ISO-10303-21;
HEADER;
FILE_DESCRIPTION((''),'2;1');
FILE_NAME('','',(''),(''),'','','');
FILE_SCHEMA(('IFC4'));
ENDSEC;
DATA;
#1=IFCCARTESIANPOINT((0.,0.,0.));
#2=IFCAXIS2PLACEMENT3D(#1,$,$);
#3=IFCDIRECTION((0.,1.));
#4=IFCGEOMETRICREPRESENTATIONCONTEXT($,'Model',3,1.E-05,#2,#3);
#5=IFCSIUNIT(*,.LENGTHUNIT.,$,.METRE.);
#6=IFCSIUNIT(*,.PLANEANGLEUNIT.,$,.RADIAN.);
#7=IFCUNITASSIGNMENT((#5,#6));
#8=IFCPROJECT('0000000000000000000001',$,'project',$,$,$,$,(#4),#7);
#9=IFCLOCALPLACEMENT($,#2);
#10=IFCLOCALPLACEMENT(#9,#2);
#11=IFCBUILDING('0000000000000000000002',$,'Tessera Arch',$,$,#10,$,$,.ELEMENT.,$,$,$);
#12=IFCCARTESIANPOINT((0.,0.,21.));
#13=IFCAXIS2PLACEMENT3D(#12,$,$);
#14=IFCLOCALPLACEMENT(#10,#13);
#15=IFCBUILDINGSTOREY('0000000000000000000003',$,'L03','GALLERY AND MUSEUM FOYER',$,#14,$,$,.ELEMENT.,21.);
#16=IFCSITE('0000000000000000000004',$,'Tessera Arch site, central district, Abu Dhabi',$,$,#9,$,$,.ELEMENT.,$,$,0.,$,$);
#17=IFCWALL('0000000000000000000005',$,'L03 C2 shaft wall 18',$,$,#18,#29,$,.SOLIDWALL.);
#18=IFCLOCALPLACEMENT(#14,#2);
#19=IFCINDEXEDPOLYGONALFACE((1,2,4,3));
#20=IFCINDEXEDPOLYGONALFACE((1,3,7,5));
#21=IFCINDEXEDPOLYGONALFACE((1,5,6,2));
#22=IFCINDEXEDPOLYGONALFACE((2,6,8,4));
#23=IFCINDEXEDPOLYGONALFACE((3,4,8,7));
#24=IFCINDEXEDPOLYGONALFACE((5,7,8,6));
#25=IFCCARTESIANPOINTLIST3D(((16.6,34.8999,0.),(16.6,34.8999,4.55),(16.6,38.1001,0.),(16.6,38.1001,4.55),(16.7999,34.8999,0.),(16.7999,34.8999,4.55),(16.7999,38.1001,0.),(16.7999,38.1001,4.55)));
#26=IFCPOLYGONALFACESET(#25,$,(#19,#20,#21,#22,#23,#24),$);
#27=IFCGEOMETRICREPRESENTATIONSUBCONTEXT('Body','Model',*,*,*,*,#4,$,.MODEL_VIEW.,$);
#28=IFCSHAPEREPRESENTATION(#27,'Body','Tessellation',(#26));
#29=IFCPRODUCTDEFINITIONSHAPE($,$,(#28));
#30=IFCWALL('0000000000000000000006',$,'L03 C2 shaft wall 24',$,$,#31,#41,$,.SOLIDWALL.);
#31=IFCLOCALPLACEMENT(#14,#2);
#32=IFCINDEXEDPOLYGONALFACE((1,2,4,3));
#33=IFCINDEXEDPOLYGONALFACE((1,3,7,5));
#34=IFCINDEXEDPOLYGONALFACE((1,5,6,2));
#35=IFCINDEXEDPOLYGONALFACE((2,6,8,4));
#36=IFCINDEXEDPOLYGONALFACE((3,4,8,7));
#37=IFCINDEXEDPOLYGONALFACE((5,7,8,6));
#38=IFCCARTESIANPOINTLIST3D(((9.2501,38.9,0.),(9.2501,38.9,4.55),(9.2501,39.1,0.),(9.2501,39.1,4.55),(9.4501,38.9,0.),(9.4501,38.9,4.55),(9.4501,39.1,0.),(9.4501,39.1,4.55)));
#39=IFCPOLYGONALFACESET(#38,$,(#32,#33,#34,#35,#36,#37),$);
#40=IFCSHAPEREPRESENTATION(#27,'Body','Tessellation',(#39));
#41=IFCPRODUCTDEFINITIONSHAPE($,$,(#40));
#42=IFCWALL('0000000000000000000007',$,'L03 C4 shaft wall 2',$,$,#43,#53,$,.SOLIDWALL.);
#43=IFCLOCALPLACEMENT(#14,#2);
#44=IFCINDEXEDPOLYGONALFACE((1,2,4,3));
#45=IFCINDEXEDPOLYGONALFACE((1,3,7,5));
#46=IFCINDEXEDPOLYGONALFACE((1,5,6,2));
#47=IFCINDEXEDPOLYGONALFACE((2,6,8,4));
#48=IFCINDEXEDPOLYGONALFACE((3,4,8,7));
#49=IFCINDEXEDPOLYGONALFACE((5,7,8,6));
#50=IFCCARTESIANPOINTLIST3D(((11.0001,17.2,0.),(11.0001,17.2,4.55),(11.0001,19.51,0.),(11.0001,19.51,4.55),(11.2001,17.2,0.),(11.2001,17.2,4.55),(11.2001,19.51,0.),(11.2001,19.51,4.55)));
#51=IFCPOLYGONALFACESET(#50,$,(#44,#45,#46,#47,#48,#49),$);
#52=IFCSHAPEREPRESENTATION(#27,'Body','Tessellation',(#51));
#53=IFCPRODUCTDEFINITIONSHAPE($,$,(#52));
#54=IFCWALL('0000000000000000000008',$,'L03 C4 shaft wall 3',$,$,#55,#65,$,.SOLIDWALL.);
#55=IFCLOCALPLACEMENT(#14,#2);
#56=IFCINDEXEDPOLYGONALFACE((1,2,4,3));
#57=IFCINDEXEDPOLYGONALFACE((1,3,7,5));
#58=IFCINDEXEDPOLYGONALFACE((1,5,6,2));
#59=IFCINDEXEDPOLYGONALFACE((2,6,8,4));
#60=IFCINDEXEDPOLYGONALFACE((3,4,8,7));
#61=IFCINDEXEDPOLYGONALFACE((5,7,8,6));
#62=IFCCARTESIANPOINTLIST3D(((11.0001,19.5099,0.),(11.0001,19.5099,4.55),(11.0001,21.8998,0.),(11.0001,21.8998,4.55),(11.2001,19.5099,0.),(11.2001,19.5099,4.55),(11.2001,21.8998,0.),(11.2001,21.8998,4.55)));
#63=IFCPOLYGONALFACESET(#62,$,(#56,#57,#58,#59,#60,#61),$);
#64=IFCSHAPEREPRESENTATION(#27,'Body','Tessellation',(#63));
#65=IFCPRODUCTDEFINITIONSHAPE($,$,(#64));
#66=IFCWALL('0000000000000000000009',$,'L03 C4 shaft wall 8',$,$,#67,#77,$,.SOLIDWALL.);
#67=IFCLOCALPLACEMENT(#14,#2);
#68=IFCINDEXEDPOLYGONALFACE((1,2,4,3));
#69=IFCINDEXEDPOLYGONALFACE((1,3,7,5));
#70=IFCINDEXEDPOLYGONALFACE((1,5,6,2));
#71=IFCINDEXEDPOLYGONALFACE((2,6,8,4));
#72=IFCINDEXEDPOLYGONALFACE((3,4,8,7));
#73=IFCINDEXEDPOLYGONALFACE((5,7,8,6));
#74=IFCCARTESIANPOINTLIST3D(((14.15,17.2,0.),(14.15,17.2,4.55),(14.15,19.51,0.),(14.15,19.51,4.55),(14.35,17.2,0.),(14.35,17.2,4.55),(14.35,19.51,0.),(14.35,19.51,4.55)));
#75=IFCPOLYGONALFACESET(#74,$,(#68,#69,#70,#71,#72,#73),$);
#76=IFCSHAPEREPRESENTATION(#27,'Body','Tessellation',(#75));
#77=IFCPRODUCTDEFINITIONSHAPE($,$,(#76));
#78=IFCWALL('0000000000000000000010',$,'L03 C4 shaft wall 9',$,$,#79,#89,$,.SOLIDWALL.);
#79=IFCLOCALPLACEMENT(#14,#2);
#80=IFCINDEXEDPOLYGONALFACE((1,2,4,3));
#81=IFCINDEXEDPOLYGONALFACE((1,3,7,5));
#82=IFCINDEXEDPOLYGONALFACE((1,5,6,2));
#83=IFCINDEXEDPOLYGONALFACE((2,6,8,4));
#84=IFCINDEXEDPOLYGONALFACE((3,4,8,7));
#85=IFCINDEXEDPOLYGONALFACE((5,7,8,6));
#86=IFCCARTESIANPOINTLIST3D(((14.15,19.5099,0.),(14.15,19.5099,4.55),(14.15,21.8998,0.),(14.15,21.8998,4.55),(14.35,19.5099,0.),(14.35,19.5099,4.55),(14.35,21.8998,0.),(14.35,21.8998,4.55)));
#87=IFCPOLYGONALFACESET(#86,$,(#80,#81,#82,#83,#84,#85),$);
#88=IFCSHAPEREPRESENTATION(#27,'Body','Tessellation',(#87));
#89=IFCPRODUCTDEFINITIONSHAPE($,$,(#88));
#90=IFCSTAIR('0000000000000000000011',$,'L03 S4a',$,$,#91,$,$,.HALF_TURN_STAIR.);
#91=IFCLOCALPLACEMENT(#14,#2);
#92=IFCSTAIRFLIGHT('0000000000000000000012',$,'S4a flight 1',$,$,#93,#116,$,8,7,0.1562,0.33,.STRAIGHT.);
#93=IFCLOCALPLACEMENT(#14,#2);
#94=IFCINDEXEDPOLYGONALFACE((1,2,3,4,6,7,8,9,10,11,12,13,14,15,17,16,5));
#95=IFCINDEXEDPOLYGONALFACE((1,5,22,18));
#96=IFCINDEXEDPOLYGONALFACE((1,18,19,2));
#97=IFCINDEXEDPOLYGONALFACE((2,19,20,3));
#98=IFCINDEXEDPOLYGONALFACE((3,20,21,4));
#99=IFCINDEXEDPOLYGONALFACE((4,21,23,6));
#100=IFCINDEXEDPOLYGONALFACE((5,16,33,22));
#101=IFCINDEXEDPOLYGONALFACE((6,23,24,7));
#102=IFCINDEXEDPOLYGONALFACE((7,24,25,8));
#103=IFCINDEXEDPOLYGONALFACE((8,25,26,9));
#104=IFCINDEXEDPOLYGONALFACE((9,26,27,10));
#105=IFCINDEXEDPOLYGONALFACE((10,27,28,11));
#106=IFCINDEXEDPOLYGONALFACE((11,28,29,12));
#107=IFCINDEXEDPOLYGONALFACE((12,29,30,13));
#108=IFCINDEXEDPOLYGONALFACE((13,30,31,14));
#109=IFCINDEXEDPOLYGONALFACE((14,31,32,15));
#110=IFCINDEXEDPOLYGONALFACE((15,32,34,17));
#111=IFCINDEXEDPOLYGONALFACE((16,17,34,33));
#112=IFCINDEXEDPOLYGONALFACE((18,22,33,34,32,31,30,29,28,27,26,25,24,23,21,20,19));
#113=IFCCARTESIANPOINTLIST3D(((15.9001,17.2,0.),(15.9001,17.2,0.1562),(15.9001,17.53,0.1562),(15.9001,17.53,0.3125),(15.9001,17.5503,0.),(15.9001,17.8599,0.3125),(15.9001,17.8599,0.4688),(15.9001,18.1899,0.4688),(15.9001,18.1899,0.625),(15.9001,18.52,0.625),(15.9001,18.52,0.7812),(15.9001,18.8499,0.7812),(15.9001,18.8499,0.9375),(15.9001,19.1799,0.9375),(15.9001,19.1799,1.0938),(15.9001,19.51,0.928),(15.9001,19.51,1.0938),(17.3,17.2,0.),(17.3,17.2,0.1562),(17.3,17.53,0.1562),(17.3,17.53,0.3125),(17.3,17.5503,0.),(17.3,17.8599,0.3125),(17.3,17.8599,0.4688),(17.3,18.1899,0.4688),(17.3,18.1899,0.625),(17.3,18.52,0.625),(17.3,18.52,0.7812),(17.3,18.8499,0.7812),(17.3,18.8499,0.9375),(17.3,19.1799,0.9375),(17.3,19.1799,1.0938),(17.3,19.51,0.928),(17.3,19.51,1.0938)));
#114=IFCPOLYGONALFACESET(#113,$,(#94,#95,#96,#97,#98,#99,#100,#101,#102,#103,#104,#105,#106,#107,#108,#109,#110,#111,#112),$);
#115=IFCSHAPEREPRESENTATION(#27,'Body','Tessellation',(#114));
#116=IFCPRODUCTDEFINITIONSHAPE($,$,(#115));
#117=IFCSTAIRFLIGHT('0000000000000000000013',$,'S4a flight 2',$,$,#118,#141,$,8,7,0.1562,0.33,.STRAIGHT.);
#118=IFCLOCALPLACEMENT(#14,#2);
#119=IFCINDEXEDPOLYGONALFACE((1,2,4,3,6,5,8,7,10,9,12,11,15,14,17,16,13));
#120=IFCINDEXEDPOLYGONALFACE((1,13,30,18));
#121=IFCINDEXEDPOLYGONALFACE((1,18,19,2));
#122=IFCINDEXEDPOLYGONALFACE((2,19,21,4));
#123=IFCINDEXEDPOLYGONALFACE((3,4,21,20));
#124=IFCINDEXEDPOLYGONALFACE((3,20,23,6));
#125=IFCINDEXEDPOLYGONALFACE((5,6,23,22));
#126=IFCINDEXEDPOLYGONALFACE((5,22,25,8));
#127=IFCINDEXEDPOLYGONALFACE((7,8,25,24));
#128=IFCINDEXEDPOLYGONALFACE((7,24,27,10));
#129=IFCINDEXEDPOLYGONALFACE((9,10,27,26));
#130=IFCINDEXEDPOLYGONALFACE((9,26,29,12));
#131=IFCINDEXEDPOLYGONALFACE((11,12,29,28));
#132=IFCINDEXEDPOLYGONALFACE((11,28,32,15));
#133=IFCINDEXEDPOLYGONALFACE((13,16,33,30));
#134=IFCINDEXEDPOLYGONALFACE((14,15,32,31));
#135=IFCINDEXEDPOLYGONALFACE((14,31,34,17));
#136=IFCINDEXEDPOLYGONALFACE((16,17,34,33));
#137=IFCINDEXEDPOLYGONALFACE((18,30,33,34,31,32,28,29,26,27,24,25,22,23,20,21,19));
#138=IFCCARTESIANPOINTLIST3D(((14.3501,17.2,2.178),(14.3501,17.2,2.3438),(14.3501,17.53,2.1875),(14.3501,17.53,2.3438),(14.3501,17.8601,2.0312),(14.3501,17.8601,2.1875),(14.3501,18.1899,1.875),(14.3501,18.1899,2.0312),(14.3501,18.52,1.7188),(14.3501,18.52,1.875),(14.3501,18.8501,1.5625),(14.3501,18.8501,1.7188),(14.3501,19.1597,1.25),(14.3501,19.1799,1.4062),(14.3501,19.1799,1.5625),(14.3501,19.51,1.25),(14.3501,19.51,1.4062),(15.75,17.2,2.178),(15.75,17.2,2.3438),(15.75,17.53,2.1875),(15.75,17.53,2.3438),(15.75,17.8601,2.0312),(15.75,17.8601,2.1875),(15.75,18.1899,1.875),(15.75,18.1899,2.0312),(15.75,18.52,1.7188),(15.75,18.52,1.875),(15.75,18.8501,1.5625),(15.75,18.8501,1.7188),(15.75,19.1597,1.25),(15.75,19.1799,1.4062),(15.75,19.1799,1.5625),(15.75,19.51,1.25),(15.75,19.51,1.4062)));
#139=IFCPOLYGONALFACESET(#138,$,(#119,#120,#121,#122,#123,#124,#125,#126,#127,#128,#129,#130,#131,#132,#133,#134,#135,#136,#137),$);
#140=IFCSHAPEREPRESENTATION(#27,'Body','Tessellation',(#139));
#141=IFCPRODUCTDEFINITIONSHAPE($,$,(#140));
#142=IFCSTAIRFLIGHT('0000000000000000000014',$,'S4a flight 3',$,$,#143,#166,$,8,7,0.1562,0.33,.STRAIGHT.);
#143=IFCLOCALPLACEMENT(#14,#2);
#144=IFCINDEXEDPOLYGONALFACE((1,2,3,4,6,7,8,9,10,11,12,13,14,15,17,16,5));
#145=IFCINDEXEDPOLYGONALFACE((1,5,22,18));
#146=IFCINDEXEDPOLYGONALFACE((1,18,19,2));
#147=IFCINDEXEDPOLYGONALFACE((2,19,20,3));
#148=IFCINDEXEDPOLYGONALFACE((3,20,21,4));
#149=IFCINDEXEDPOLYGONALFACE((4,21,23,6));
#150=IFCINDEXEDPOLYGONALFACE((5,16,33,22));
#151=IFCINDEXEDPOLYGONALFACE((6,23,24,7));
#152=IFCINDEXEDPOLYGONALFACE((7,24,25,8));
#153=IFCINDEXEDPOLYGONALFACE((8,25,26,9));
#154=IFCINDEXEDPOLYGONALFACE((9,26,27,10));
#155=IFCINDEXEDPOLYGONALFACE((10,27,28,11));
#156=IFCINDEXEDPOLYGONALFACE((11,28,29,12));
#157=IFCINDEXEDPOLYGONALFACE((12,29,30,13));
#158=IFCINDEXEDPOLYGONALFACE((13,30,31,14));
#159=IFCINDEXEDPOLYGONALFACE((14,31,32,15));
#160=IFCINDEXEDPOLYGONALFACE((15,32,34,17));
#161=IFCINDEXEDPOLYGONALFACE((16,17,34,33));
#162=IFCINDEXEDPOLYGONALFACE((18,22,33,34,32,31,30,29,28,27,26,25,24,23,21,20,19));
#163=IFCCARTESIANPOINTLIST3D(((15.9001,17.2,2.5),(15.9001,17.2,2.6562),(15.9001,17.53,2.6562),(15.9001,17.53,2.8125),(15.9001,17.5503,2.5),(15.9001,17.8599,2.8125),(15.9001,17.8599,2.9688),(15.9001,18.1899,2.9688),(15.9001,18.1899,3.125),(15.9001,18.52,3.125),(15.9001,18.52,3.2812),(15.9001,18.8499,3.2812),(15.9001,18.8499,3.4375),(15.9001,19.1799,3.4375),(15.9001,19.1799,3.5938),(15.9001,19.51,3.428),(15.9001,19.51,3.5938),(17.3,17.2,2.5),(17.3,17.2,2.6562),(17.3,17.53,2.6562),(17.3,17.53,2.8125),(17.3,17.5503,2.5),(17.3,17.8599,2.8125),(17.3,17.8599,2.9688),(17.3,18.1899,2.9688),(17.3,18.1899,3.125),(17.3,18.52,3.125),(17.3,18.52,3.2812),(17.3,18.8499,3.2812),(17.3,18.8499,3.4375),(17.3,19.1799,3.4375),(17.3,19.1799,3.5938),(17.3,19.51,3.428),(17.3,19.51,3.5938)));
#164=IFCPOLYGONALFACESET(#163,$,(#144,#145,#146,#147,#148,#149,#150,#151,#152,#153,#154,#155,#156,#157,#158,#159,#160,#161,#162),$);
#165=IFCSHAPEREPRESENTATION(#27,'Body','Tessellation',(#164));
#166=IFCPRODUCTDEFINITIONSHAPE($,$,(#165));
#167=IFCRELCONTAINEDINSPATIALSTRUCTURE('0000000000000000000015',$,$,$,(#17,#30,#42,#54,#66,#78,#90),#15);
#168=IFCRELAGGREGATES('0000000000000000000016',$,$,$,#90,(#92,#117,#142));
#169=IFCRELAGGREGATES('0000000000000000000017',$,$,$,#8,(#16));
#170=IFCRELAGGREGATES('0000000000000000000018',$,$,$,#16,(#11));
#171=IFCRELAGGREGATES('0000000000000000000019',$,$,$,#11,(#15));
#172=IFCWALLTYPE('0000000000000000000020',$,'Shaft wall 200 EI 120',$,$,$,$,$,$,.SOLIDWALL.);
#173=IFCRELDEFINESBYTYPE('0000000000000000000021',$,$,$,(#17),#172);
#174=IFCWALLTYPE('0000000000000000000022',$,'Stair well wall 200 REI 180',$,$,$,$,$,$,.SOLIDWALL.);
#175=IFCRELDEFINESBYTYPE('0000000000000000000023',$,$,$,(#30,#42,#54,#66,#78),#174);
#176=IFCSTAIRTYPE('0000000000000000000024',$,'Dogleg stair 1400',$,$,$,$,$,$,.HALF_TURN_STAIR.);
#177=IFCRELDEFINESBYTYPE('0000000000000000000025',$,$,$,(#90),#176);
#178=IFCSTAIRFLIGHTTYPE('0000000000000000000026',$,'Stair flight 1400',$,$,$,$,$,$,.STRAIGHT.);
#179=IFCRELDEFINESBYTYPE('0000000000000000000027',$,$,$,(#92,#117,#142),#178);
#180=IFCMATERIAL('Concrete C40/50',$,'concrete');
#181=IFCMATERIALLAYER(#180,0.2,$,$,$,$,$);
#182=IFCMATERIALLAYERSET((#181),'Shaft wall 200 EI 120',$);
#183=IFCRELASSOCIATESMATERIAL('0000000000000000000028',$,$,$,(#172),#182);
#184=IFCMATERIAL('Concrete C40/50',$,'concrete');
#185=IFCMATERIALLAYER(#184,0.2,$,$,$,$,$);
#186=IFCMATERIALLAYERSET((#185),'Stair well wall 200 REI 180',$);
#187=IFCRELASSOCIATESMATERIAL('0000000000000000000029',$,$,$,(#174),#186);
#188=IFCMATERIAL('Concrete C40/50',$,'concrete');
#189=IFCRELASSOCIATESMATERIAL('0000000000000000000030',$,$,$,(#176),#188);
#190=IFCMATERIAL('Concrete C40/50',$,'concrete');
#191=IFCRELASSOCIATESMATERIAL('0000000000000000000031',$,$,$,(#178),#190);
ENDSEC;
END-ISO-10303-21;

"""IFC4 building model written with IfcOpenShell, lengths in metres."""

from ifc_helpers import new_model, si_unit, direction, frame, frame_2d, origin, place, context, subcontext, project, spatial, polyline, rectangle, outline, extrude, material, layer, layer_set, type_object, element, aggregate, save


model = new_model("IFC4")

# Units and contexts
model_context = context("Model", 3, precision=1e-05, world=origin(), true_north=direction((0.0, 1.0)))
body_context = subcontext(model_context, "Body", "Model", "MODEL_VIEW")
ifc_project = project(units=[si_unit("LENGTHUNIT", "METRE"), si_unit("PLANEANGLEUNIT", "RADIAN")], contexts=[model_context])

# Site, building, storey
site_placement = place(None, origin())
site = spatial("IfcSite", under=ifc_project, at=site_placement, Name="Tessera Arch site, central district, Abu Dhabi", CompositionType="ELEMENT", RefElevation=0.0)
building_placement = place(site_placement, origin())
building = spatial("IfcBuilding", under=site, at=building_placement, Name="Tessera Arch", CompositionType="ELEMENT")
storey_placement = place(building_placement, frame((0.0, 0.0, 21.0)))
storey = spatial("IfcBuildingStorey", under=building, at=storey_placement, Name="L03", Description="GALLERY AND MUSEUM FOYER", CompositionType="ELEMENT", Elevation=21.0)

# Walls
ifc_material_1 = material(Name="Concrete C40/50", Category="concrete")
ifc_layer_1 = layer(ifc_material_1, 0.2)
ifc_layer_set_1 = layer_set([ifc_layer_1], Name="Shaft wall 200 EI 120")
wall_type_1 = type_object("IfcWallType", Name="Shaft wall 200 EI 120", PredefinedType="SOLIDWALL", material=ifc_layer_set_1)
wall_1_placement = place(storey_placement, frame((16.7, 34.8999, 0.0), z_axis=(0.0, 0.0, 1.0), x_axis=(0.0, 1.0, 0.0)))
element("IfcWall", 1, at=wall_1_placement, inside=storey, type_object=wall_type_1, Name="L03 C2 shaft wall 18", PredefinedType="SOLIDWALL", context=body_context, shape_type="SweptSolid", body=[
    extrude(rectangle(XDim=3.2002, YDim=0.2, at=frame_2d((1.6001, 0.0))), origin(), (0.0, 0.0, 1.0), 4.55),
])
ifc_material_2 = material(Name="Concrete C40/50", Category="concrete")
ifc_layer_2 = layer(ifc_material_2, 0.2)
ifc_layer_set_2 = layer_set([ifc_layer_2], Name="Stair well wall 200 REI 180")
wall_type_2 = type_object("IfcWallType", Name="Stair well wall 200 REI 180", PredefinedType="SOLIDWALL", material=ifc_layer_set_2)
wall_2_placement = place(storey_placement, frame((9.25, 39.0, 0.0), z_axis=(0.0, 0.0, 1.0), x_axis=(1.0, 0.0, 0.0)))
element("IfcWall", 2, at=wall_2_placement, inside=storey, type_object=wall_type_2, Name="L03 C2 shaft wall 24", PredefinedType="SOLIDWALL", context=body_context, shape_type="SweptSolid", body=[
    extrude(rectangle(XDim=0.2, YDim=0.2, at=frame_2d((0.1001, 0.0))), origin(), (0.0, 0.0, 1.0), 4.55),
])
wall_3_placement = place(storey_placement, frame((11.1001, 17.2, 0.0), z_axis=(0.0, 0.0, 1.0), x_axis=(0.0, 1.0, 0.0)))
element("IfcWall", 3, at=wall_3_placement, inside=storey, type_object=wall_type_2, Name="L03 C4 shaft wall 2", PredefinedType="SOLIDWALL", context=body_context, shape_type="SweptSolid", body=[
    extrude(rectangle(XDim=2.3101, YDim=0.2, at=frame_2d((1.155, 0.0))), origin(), (0.0, 0.0, 1.0), 4.55),
])
wall_4_placement = place(storey_placement, frame((11.1001, 19.51, 0.0), z_axis=(0.0, 0.0, 1.0), x_axis=(0.0, 1.0, 0.0)))
element("IfcWall", 4, at=wall_4_placement, inside=storey, type_object=wall_type_2, Name="L03 C4 shaft wall 3", PredefinedType="SOLIDWALL", context=body_context, shape_type="SweptSolid", body=[
    extrude(rectangle(XDim=2.3899, YDim=0.2, at=frame_2d((1.1948, 0.0))), origin(), (0.0, 0.0, 1.0), 4.55),
])
wall_5_placement = place(storey_placement, frame((14.25, 17.2, 0.0), z_axis=(0.0, 0.0, 1.0), x_axis=(0.0, 1.0, 0.0)))
element("IfcWall", 5, at=wall_5_placement, inside=storey, type_object=wall_type_2, Name="L03 C4 shaft wall 8", PredefinedType="SOLIDWALL", context=body_context, shape_type="SweptSolid", body=[
    extrude(rectangle(XDim=2.3101, YDim=0.2, at=frame_2d((1.155, 0.0))), origin(), (0.0, 0.0, 1.0), 4.55),
])
wall_6_placement = place(storey_placement, frame((14.25, 19.51, 0.0), z_axis=(0.0, 0.0, 1.0), x_axis=(0.0, 1.0, 0.0)))
element("IfcWall", 6, at=wall_6_placement, inside=storey, type_object=wall_type_2, Name="L03 C4 shaft wall 9", PredefinedType="SOLIDWALL", context=body_context, shape_type="SweptSolid", body=[
    extrude(rectangle(XDim=2.3899, YDim=0.2, at=frame_2d((1.1948, 0.0))), origin(), (0.0, 0.0, 1.0), 4.55),
])

# Stair, stair flights
ifc_material_3 = material(Name="Concrete C40/50", Category="concrete")
stair_type = type_object("IfcStairType", Name="Dogleg stair 1400", PredefinedType="HALF_TURN_STAIR", material=ifc_material_3)
stair_1_placement = place(storey_placement, origin())
stair_1 = element("IfcStair", 7, at=stair_1_placement, inside=storey, type_object=stair_type, Name="L03 S4a", PredefinedType="HALF_TURN_STAIR")
ifc_material_4 = material(Name="Concrete C40/50", Category="concrete")
stair_flight_type = type_object("IfcStairFlightType", Name="Stair flight 1400", PredefinedType="STRAIGHT", material=ifc_material_4)
stair_flight_1_placement = place(storey_placement, frame((16.6001, 17.2, 0.0), z_axis=(0.0, 0.0, 1.0), x_axis=(0.0, 1.0, 0.0)))
stair_flight_1 = element("IfcStairFlight", 8, at=stair_flight_1_placement, type_object=stair_flight_type, Name="S4a flight 1", NumberOfRisers=8, NumberOfTreads=7, PredefinedType="STRAIGHT", RiserHeight=0.1562, TreadLength=0.33, context=body_context, shape_type="SweptSolid", body=[
    extrude(outline(polyline([(0.0, 0.0), (0.0, 0.1562), (0.3301, 0.1562), (0.3301, 0.3125), (0.6599, 0.3125), (0.6599, 0.4688), (0.99, 0.4688), (0.99, 0.625), (1.3201, 0.625), (1.3201, 0.7812), (1.6499, 0.7812), (1.6499, 0.9375), (1.98, 0.9375), (1.98, 1.0938), (2.3101, 1.0938), (2.3101, 1.25), (2.3101, 0.928), (0.3503, 0.0), (0.0, 0.0)])), frame((0.0, 0.7, 0.0), z_axis=(0.0, -1.0, 0.0), x_axis=(1.0, 0.0, 0.0)), (0.0, 0.0, 1.0), 1.3999),
])
stair_flight_2_placement = place(storey_placement, frame((15.05, 19.51, 1.25), z_axis=(0.0, 0.0, 1.0), x_axis=(0.0, -1.0, 0.0)))
stair_flight_2 = element("IfcStairFlight", 9, at=stair_flight_2_placement, type_object=stair_flight_type, Name="S4a flight 2", NumberOfRisers=8, NumberOfTreads=7, PredefinedType="STRAIGHT", RiserHeight=0.1562, TreadLength=0.33, context=body_context, shape_type="SweptSolid", body=[
    extrude(outline(polyline([(0.0, 0.0), (0.0, 0.1562), (0.3301, 0.1562), (0.3301, 0.3125), (0.6599, 0.3125), (0.6599, 0.4688), (0.99, 0.4688), (0.99, 0.625), (1.3201, 0.625), (1.3201, 0.7812), (1.6499, 0.7812), (1.6499, 0.9375), (1.98, 0.9375), (1.98, 1.0938), (2.3101, 1.0938), (2.3101, 1.25), (2.3101, 0.928), (0.3503, 0.0), (0.0, 0.0)])), frame((0.0, 0.7, 0.0), z_axis=(0.0, -1.0, 0.0), x_axis=(1.0, 0.0, 0.0)), (0.0, 0.0, 1.0), 1.3999),
])
stair_flight_3_placement = place(storey_placement, frame((16.6001, 17.2, 2.5), z_axis=(0.0, 0.0, 1.0), x_axis=(0.0, 1.0, 0.0)))
stair_flight_3 = element("IfcStairFlight", 10, at=stair_flight_3_placement, type_object=stair_flight_type, Name="S4a flight 3", NumberOfRisers=8, NumberOfTreads=7, PredefinedType="STRAIGHT", RiserHeight=0.1562, TreadLength=0.33, context=body_context, shape_type="SweptSolid", body=[
    extrude(outline(polyline([(0.0, 0.0), (0.0, 0.1562), (0.3301, 0.1562), (0.3301, 0.3125), (0.6599, 0.3125), (0.6599, 0.4688), (0.99, 0.4688), (0.99, 0.625), (1.3201, 0.625), (1.3201, 0.7812), (1.6499, 0.7812), (1.6499, 0.9375), (1.98, 0.9375), (1.98, 1.0938), (2.3101, 1.0938), (2.3101, 1.25), (2.3101, 0.928), (0.3503, 0.0), (0.0, 0.0)])), frame((0.0, 0.7, 0.0), z_axis=(0.0, -1.0, 0.0), x_axis=(1.0, 0.0, 0.0)), (0.0, 0.0, 1.0), 1.3999),
])
aggregate(stair_1, [stair_flight_1, stair_flight_2, stair_flight_3])

save(model, "model.ifc")
